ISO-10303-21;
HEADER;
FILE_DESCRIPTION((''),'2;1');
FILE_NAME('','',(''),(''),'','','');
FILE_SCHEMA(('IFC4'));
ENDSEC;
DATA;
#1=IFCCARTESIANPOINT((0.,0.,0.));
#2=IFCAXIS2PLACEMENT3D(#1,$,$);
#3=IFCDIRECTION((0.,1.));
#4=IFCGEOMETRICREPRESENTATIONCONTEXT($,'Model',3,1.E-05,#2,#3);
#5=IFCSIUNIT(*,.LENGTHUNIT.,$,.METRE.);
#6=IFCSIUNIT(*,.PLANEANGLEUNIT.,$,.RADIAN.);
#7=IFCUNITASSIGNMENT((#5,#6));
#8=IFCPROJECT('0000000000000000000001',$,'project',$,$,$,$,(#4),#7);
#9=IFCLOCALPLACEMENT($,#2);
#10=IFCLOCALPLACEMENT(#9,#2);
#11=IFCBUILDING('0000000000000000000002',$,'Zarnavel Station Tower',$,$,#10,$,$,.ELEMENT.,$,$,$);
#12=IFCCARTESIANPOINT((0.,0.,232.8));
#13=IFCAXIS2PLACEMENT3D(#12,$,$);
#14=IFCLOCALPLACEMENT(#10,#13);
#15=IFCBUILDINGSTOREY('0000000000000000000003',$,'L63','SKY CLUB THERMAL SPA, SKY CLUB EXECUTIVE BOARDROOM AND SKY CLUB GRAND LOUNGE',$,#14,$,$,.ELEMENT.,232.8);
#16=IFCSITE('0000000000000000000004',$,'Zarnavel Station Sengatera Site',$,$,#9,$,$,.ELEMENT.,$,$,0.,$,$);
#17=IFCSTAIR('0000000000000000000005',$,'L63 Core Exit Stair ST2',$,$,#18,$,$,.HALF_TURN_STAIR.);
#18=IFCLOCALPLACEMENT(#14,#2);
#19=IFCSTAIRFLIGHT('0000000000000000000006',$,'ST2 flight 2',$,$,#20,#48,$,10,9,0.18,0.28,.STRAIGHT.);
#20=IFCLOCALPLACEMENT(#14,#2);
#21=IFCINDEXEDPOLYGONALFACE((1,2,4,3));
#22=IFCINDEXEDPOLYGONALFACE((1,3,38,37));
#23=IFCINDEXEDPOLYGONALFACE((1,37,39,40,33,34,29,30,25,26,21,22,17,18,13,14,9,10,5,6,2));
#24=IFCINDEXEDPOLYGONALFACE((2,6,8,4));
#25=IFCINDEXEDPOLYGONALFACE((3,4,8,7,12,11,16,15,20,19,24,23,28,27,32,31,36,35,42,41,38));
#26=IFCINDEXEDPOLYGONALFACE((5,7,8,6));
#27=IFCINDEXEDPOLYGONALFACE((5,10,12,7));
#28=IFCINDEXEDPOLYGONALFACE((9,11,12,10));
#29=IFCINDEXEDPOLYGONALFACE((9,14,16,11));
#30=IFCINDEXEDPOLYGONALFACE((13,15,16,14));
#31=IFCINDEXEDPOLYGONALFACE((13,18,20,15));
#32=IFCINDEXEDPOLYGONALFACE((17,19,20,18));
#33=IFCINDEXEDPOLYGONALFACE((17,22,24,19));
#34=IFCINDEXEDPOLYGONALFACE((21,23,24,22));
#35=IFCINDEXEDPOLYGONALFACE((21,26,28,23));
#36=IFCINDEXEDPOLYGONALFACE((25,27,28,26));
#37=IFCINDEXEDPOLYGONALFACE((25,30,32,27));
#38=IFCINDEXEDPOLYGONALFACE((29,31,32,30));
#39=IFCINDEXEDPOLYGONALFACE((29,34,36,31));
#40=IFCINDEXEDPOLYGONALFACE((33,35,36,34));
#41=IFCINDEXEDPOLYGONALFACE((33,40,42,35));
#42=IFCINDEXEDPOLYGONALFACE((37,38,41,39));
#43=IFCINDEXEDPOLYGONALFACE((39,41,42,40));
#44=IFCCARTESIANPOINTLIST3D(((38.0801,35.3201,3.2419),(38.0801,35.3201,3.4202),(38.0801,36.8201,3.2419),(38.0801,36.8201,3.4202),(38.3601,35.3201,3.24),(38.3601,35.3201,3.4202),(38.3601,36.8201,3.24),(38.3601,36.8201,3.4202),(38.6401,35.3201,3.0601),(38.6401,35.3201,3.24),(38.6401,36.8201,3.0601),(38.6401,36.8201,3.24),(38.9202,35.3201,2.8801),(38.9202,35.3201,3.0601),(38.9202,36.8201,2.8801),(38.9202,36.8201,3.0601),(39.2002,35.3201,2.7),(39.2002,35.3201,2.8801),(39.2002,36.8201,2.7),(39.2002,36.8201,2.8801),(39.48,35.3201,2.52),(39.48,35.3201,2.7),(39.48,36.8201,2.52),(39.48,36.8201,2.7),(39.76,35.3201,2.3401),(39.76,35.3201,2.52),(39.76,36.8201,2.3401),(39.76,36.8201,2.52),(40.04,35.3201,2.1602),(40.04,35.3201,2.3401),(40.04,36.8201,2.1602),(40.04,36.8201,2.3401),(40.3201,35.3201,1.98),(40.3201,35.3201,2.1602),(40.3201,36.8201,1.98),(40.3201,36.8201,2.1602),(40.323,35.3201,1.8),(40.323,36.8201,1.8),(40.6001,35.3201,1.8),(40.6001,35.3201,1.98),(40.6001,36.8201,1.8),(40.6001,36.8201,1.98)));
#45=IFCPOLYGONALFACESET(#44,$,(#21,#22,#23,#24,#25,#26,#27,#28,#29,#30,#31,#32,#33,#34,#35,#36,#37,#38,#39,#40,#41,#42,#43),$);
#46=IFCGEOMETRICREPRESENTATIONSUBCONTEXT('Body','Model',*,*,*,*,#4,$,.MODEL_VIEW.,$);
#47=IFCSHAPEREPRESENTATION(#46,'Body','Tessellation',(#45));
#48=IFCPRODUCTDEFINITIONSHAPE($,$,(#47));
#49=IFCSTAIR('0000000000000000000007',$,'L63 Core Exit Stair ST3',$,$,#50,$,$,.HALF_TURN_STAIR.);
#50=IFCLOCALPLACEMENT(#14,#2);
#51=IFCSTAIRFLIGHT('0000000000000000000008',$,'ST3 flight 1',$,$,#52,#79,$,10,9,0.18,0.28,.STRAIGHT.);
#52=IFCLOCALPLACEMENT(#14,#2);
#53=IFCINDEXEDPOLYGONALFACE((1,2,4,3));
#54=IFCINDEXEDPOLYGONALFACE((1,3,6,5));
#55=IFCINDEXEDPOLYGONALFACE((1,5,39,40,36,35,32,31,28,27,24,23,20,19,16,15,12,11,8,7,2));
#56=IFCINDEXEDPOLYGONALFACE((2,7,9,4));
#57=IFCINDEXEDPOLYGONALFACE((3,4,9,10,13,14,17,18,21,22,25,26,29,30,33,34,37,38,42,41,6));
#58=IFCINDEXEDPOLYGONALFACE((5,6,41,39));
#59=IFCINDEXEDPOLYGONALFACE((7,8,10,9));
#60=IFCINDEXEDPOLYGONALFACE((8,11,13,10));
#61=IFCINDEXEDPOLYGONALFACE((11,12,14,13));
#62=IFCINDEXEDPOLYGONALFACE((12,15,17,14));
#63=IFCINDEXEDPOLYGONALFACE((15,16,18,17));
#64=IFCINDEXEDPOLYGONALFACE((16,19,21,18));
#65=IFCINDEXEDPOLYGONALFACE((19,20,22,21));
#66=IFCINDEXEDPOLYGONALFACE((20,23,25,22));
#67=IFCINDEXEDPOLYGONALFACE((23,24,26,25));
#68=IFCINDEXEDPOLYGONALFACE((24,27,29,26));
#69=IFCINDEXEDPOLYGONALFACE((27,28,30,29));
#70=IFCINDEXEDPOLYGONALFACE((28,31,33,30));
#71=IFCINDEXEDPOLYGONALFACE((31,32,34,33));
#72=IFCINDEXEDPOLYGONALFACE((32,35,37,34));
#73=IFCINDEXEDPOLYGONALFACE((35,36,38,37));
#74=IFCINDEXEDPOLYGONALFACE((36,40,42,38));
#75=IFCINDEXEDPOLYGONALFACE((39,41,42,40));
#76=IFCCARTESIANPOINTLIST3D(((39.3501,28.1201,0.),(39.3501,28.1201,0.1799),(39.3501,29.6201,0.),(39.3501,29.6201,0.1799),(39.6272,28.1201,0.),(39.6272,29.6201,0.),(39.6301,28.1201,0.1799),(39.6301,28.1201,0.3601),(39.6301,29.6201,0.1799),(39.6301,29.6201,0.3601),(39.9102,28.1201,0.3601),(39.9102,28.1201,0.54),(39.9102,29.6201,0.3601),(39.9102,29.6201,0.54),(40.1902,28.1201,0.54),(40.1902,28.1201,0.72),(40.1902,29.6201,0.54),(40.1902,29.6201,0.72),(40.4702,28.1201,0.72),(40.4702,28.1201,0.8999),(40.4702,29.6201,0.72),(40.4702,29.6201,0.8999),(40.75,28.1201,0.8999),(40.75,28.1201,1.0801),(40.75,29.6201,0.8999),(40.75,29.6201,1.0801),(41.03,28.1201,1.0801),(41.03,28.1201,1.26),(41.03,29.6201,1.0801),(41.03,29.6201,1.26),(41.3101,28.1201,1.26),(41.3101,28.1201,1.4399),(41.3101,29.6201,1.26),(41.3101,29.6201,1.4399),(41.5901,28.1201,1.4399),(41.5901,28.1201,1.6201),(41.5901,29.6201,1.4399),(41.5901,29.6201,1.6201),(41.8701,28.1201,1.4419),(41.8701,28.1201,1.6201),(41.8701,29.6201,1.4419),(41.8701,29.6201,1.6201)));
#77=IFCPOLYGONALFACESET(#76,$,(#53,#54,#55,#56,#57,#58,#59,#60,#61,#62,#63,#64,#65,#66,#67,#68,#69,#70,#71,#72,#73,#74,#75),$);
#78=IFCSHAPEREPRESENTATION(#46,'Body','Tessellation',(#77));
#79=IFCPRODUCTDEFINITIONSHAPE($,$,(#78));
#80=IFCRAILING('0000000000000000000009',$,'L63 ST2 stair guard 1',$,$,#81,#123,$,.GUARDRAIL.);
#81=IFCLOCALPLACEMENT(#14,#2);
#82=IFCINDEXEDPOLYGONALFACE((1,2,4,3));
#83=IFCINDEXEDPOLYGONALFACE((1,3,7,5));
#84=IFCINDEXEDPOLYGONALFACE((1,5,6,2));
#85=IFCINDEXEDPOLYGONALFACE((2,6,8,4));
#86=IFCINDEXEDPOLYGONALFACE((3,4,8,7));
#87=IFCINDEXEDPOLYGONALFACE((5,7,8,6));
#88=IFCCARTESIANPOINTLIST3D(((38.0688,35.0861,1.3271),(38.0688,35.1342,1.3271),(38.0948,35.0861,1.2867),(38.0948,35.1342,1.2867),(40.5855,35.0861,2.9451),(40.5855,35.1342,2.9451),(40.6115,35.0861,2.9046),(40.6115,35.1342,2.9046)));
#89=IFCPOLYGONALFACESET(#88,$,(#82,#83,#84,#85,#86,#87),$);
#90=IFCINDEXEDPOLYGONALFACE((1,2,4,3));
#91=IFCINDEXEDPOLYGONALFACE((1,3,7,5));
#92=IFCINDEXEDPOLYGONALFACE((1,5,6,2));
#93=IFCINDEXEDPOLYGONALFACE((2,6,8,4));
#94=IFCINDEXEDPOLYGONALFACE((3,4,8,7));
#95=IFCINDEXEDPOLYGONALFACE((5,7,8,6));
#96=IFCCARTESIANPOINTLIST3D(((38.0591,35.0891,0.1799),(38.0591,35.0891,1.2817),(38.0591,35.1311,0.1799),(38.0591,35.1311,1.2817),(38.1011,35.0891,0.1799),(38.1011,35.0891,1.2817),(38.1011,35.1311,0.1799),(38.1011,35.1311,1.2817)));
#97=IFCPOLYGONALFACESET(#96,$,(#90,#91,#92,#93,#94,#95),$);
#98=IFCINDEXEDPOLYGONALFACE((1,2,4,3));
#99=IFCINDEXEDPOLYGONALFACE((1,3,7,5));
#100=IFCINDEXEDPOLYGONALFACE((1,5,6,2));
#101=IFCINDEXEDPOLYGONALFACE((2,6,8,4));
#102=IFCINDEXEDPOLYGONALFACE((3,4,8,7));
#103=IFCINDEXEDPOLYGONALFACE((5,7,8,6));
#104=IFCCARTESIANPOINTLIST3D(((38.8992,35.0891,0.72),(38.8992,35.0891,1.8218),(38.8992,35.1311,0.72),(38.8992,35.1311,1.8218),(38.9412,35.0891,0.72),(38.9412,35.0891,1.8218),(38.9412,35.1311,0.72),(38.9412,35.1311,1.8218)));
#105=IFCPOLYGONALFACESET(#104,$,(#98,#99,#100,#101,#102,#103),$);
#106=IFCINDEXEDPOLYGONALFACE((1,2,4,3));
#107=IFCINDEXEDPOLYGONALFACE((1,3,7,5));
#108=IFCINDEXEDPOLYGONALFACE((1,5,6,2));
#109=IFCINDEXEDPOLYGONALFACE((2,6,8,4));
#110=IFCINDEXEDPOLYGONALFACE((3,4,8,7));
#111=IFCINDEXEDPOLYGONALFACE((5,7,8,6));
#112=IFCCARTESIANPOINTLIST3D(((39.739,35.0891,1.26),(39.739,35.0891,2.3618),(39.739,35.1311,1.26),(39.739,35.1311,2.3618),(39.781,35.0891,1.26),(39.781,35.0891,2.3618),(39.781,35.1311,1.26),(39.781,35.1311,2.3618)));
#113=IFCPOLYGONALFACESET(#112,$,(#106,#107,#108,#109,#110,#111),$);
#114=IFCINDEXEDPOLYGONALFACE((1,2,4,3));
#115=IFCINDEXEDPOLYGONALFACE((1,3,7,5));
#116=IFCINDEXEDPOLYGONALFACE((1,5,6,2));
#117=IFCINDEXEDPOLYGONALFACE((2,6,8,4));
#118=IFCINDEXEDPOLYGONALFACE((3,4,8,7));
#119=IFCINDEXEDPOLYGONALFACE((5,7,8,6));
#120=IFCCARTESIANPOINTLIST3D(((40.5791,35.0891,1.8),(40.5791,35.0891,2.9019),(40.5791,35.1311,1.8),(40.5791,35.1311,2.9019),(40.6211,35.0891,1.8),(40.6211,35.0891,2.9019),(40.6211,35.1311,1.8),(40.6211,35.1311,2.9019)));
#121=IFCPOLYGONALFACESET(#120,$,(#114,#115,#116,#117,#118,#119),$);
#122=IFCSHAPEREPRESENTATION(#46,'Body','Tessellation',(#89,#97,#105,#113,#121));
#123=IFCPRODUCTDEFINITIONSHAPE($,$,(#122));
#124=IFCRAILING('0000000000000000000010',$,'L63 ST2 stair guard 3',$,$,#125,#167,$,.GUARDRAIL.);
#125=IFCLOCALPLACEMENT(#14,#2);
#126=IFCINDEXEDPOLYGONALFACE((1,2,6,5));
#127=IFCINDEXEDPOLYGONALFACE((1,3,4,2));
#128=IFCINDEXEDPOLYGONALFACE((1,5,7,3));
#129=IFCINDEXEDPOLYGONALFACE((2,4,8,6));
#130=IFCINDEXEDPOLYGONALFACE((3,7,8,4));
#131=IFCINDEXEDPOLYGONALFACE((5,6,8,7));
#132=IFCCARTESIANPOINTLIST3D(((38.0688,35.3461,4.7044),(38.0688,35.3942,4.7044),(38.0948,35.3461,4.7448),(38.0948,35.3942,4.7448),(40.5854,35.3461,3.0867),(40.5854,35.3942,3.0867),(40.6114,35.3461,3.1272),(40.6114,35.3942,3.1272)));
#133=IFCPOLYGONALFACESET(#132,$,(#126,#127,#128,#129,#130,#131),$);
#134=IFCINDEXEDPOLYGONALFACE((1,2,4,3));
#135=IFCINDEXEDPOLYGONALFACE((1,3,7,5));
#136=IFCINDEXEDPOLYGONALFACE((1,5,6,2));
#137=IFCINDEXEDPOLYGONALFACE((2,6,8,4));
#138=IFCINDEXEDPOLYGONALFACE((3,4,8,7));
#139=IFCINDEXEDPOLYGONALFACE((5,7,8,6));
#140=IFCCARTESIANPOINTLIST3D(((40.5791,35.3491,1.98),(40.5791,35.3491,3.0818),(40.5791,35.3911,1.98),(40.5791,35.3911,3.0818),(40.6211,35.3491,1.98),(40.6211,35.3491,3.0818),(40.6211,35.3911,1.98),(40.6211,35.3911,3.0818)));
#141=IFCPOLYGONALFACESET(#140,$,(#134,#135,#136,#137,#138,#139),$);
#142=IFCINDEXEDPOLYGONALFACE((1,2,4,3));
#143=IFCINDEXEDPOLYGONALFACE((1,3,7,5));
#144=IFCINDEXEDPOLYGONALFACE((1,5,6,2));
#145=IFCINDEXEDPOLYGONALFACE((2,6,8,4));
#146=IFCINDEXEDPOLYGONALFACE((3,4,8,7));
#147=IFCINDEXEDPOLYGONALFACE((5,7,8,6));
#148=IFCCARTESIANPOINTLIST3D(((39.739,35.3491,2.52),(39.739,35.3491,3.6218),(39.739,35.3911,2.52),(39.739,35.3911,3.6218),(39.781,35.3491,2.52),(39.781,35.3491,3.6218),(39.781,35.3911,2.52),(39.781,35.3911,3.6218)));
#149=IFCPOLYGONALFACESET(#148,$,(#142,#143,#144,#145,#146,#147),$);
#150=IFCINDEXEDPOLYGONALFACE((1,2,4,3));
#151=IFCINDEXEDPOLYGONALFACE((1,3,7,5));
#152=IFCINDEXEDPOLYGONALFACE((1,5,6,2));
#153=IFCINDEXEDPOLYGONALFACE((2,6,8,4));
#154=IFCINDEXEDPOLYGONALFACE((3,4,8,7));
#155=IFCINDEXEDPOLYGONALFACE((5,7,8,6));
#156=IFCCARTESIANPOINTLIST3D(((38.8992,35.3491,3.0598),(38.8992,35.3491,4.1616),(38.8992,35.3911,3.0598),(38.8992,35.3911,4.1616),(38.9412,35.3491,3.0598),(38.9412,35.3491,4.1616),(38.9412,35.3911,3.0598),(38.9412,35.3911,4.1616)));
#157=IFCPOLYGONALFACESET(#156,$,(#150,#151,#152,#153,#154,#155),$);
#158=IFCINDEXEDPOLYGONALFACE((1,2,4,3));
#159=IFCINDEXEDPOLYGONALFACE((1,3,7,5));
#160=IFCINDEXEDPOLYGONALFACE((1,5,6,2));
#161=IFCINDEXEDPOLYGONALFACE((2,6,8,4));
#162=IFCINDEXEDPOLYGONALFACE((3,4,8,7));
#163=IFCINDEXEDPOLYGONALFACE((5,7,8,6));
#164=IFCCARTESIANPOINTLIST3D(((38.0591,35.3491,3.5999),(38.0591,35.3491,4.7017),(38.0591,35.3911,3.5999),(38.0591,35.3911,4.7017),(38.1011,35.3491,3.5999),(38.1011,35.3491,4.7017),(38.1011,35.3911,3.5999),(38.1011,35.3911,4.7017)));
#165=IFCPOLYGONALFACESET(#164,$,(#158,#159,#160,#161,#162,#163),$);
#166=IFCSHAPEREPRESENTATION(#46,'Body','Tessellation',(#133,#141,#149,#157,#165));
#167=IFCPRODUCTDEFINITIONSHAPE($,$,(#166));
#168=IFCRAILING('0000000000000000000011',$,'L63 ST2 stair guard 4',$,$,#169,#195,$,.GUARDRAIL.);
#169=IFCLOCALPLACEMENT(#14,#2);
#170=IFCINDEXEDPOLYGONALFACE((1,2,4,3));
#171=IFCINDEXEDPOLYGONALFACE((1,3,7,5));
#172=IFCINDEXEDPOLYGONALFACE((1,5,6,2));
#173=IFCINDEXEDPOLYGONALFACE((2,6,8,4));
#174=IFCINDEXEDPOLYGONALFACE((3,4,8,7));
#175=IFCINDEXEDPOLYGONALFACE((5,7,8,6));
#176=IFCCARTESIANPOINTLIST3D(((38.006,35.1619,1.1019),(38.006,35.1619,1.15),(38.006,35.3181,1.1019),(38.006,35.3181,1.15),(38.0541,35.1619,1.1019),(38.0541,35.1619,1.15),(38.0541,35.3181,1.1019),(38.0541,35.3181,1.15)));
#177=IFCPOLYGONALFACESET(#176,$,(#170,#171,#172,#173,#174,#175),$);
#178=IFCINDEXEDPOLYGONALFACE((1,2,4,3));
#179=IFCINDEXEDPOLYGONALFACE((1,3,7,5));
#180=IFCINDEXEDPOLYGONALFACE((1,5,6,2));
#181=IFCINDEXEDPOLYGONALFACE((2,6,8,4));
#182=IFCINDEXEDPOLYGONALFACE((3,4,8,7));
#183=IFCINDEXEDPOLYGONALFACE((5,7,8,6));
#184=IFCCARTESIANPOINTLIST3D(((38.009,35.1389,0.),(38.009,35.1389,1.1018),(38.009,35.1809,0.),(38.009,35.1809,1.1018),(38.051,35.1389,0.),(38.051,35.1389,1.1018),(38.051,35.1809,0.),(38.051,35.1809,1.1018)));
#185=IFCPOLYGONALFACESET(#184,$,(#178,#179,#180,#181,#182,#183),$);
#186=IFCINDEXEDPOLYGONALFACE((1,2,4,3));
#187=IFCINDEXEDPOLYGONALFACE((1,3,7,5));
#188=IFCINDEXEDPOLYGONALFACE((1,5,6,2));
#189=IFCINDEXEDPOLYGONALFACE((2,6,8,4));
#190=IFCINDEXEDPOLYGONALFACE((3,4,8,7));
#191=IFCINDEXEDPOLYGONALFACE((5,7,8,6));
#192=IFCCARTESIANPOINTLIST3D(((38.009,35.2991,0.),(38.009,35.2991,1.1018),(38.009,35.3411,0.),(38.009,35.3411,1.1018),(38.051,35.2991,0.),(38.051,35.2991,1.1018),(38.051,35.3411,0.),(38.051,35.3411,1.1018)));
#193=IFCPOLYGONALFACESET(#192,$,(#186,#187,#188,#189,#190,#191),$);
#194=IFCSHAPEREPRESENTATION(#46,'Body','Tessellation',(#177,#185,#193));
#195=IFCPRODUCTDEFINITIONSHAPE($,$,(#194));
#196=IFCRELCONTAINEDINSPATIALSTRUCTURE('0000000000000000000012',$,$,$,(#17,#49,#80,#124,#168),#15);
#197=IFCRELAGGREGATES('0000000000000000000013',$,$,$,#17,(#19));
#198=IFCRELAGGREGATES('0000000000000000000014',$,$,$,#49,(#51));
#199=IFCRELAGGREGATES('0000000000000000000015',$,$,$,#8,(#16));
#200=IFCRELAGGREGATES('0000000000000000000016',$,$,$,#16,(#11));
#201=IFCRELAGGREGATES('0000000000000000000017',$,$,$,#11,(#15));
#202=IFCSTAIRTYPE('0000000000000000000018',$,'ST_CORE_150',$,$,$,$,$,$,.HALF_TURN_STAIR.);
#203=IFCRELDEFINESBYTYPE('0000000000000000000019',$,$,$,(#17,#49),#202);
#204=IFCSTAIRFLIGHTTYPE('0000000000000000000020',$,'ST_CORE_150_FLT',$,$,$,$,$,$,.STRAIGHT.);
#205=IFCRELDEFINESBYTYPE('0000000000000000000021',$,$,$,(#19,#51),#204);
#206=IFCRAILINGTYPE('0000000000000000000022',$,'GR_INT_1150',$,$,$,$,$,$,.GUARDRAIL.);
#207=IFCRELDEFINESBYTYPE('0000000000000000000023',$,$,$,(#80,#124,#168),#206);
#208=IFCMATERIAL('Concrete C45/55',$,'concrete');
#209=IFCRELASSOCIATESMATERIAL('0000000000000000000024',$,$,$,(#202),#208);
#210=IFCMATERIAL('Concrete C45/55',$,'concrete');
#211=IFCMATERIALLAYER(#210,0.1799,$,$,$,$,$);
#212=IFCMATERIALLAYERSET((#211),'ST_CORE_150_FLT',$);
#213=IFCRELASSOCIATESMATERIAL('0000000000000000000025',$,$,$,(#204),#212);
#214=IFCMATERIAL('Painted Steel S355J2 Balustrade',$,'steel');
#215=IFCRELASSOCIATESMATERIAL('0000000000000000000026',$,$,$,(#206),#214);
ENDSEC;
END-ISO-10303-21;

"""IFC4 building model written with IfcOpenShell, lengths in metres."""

from ifc_helpers import new_model, si_unit, direction, frame, origin, origin_2d, place, context, subcontext, project, spatial, polyline, rectangle, outline, extrude, material, layer, layer_set, type_object, element, aggregate, save


model = new_model("IFC4")

# Units and contexts
model_context = context("Model", 3, precision=1e-05, world=origin(), true_north=direction((0.0, 1.0)))
body_context = subcontext(model_context, "Body", "Model", "MODEL_VIEW")
ifc_project = project(units=[si_unit("LENGTHUNIT", "METRE"), si_unit("PLANEANGLEUNIT", "RADIAN")], contexts=[model_context])

# Site, building, storey
site_placement = place(None, origin())
site = spatial("IfcSite", under=ifc_project, at=site_placement, Name="Zarnavel Station Sengatera Site", CompositionType="ELEMENT", RefElevation=0.0)
building_placement = place(site_placement, origin())
building = spatial("IfcBuilding", under=site, at=building_placement, Name="Zarnavel Station Tower", CompositionType="ELEMENT")
storey_placement = place(building_placement, frame((0.0, 0.0, 232.8)))
storey = spatial("IfcBuildingStorey", under=building, at=storey_placement, Name="L63", Description="SKY CLUB THERMAL SPA, SKY CLUB EXECUTIVE BOARDROOM AND SKY CLUB GRAND LOUNGE", CompositionType="ELEMENT", Elevation=232.8)

# Stair, stair flight
ifc_material_1 = material(Name="Concrete C45/55", Category="concrete")
stair_type = type_object("IfcStairType", Name="ST_CORE_150", PredefinedType="HALF_TURN_STAIR", material=ifc_material_1)
stair_1_placement = place(storey_placement, origin())
stair_1 = element("IfcStair", 1, at=stair_1_placement, inside=storey, type_object=stair_type, Name="L63 Core Exit Stair ST2", PredefinedType="HALF_TURN_STAIR")
ifc_material_2 = material(Name="Concrete C45/55", Category="concrete")
ifc_layer_1 = layer(ifc_material_2, 0.1799)
ifc_layer_set_1 = layer_set([ifc_layer_1], Name="ST_CORE_150_FLT")
stair_flight_type = type_object("IfcStairFlightType", Name="ST_CORE_150_FLT", PredefinedType="STRAIGHT", material=ifc_layer_set_1)
stair_flight_1_placement = place(storey_placement, frame((40.6001, 36.0701, 1.8), z_axis=(0.0, 0.0, 1.0), x_axis=(-1.0, 0.0, 0.0)))
stair_flight_1 = element("IfcStairFlight", 2, at=stair_flight_1_placement, type_object=stair_flight_type, Name="ST2 flight 2", NumberOfRisers=10, NumberOfTreads=9, PredefinedType="STRAIGHT", RiserHeight=0.18, TreadLength=0.28, context=body_context, shape_type="SweptSolid", body=[
    extrude(outline(polyline([(0.0, 0.0), (0.0, 0.1799), (0.28, 0.1799), (0.28, 0.3601), (0.5601, 0.3601), (0.5601, 0.54), (0.8401, 0.54), (0.8401, 0.72), (1.1201, 0.72), (1.1201, 0.8999), (1.3999, 0.8999), (1.3999, 1.0801), (1.6799, 1.0801), (1.6799, 1.26), (1.96, 1.26), (1.96, 1.4399), (2.24, 1.4399), (2.24, 1.6201), (2.52, 1.6201), (2.52, 1.8), (2.52, 1.4419), (0.2771, 0.0), (0.0, 0.0)])), frame((0.0, 0.75, 0.0), z_axis=(0.0, -1.0, 0.0), x_axis=(1.0, 0.0, 0.0)), (0.0, 0.0, 1.0), 1.5),
])
aggregate(stair_1, [stair_flight_1])

# Stair, stair flight
stair_2_placement = place(storey_placement, origin())
stair_2 = element("IfcStair", 3, at=stair_2_placement, inside=storey, type_object=stair_type, Name="L63 Core Exit Stair ST3", PredefinedType="HALF_TURN_STAIR")
stair_flight_2_placement = place(storey_placement, frame((39.3501, 28.8701, 0.0), z_axis=(0.0, 0.0, 1.0), x_axis=(1.0, 0.0, 0.0)))
stair_flight_2 = element("IfcStairFlight", 4, at=stair_flight_2_placement, type_object=stair_flight_type, Name="ST3 flight 1", NumberOfRisers=10, NumberOfTreads=9, PredefinedType="STRAIGHT", RiserHeight=0.18, TreadLength=0.28, context=body_context, shape_type="SweptSolid", body=[
    extrude(outline(polyline([(0.0, 0.0), (0.0, 0.1799), (0.28, 0.1799), (0.28, 0.3601), (0.5601, 0.3601), (0.5601, 0.54), (0.8401, 0.54), (0.8401, 0.72), (1.1201, 0.72), (1.1201, 0.8999), (1.3999, 0.8999), (1.3999, 1.0801), (1.6799, 1.0801), (1.6799, 1.26), (1.96, 1.26), (1.96, 1.4399), (2.24, 1.4399), (2.24, 1.6201), (2.52, 1.6201), (2.52, 1.8), (2.52, 1.4419), (0.2771, 0.0), (0.0, 0.0)])), frame((0.0, 0.75, 0.0), z_axis=(0.0, -1.0, 0.0), x_axis=(1.0, 0.0, 0.0)), (0.0, 0.0, 1.0), 1.5),
])
aggregate(stair_2, [stair_flight_2])

# Railings
ifc_material_3 = material(Name="Painted Steel S355J2 Balustrade", Category="steel")
railing_type_1 = type_object("IfcRailingType", Name="GR_INT_1150", PredefinedType="GUARDRAIL", material=ifc_material_3)
railing_1_placement = place(storey_placement, frame((38.0801, 35.1101, 0.1799)))
element("IfcRailing", 5, at=railing_1_placement, inside=storey, type_object=railing_type_1, Name="L63 ST2 stair guard 1", PredefinedType="GUARDRAIL", context=body_context, shape_type="SweptSolid", body=[
    extrude(rectangle(XDim=0.0481, YDim=0.0481, at=origin_2d()), frame((0.0017, 0.0, 1.127), z_axis=(0.841163, 0.0, 0.540782), x_axis=(0.0, 1.0, 0.0)), (0.0, 0.0, 1.0), 2.9919),
    extrude(rectangle(XDim=0.042, YDim=0.042, at=origin_2d()), origin(), (0.0, 0.0, 1.0), 1.1018),
    extrude(rectangle(XDim=0.042, YDim=0.042, at=origin_2d()), frame((0.8401, 0.0, 0.54)), (0.0, 0.0, 1.0), 1.1018),
    extrude(rectangle(XDim=0.042, YDim=0.042, at=origin_2d()), frame((1.6799, 0.0, 1.0801)), (0.0, 0.0, 1.0), 1.1018),
    extrude(rectangle(XDim=0.042, YDim=0.042, at=origin_2d()), frame((2.52, 0.0, 1.6201)), (0.0, 0.0, 1.0), 1.1018),
])
railing_2_placement = place(storey_placement, frame((40.6001, 35.3701, 1.98)))
element("IfcRailing", 6, at=railing_2_placement, inside=storey, type_object=railing_type_1, Name="L63 ST2 stair guard 3", PredefinedType="GUARDRAIL", context=body_context, shape_type="SweptSolid", body=[
    extrude(rectangle(XDim=0.0481, YDim=0.0481, at=origin_2d()), frame((-0.0017, 0.0, 1.127), z_axis=(-0.8412, 0.0, 0.540725), x_axis=(0.0, -1.0, 0.0)), (0.0, 0.0, 1.0), 2.9917),
    extrude(rectangle(XDim=0.042, YDim=0.042, at=origin_2d()), origin(), (0.0, 0.0, 1.0), 1.1018),
    extrude(rectangle(XDim=0.042, YDim=0.042, at=origin_2d()), frame((-0.8401, 0.0, 0.54)), (0.0, 0.0, 1.0), 1.1018),
    extrude(rectangle(XDim=0.042, YDim=0.042, at=origin_2d()), frame((-1.6799, 0.0, 1.0798)), (0.0, 0.0, 1.0), 1.1018),
    extrude(rectangle(XDim=0.042, YDim=0.042, at=origin_2d()), frame((-2.52, 0.0, 1.6199)), (0.0, 0.0, 1.0), 1.1018),
])
railing_3_placement = place(storey_placement, frame((38.03, 35.1599, 0.0)))
element("IfcRailing", 7, at=railing_3_placement, inside=storey, type_object=railing_type_1, Name="L63 ST2 stair guard 4", PredefinedType="GUARDRAIL", context=body_context, shape_type="SweptSolid", body=[
    extrude(rectangle(XDim=0.0481, YDim=0.0481, at=origin_2d()), frame((0.0, 0.002, 1.126), z_axis=(0.0, 1.0, 0.0), x_axis=(-1.0, 0.0, 0.0)), (0.0, 0.0, 1.0), 0.1562),
    extrude(rectangle(XDim=0.042, YDim=0.042, at=origin_2d()), origin(), (0.0, 0.0, 1.0), 1.1018),
    extrude(rectangle(XDim=0.042, YDim=0.042, at=origin_2d()), frame((0.0, 0.1602, 0.0)), (0.0, 0.0, 1.0), 1.1018),
])

save(model, "model.ifc")
